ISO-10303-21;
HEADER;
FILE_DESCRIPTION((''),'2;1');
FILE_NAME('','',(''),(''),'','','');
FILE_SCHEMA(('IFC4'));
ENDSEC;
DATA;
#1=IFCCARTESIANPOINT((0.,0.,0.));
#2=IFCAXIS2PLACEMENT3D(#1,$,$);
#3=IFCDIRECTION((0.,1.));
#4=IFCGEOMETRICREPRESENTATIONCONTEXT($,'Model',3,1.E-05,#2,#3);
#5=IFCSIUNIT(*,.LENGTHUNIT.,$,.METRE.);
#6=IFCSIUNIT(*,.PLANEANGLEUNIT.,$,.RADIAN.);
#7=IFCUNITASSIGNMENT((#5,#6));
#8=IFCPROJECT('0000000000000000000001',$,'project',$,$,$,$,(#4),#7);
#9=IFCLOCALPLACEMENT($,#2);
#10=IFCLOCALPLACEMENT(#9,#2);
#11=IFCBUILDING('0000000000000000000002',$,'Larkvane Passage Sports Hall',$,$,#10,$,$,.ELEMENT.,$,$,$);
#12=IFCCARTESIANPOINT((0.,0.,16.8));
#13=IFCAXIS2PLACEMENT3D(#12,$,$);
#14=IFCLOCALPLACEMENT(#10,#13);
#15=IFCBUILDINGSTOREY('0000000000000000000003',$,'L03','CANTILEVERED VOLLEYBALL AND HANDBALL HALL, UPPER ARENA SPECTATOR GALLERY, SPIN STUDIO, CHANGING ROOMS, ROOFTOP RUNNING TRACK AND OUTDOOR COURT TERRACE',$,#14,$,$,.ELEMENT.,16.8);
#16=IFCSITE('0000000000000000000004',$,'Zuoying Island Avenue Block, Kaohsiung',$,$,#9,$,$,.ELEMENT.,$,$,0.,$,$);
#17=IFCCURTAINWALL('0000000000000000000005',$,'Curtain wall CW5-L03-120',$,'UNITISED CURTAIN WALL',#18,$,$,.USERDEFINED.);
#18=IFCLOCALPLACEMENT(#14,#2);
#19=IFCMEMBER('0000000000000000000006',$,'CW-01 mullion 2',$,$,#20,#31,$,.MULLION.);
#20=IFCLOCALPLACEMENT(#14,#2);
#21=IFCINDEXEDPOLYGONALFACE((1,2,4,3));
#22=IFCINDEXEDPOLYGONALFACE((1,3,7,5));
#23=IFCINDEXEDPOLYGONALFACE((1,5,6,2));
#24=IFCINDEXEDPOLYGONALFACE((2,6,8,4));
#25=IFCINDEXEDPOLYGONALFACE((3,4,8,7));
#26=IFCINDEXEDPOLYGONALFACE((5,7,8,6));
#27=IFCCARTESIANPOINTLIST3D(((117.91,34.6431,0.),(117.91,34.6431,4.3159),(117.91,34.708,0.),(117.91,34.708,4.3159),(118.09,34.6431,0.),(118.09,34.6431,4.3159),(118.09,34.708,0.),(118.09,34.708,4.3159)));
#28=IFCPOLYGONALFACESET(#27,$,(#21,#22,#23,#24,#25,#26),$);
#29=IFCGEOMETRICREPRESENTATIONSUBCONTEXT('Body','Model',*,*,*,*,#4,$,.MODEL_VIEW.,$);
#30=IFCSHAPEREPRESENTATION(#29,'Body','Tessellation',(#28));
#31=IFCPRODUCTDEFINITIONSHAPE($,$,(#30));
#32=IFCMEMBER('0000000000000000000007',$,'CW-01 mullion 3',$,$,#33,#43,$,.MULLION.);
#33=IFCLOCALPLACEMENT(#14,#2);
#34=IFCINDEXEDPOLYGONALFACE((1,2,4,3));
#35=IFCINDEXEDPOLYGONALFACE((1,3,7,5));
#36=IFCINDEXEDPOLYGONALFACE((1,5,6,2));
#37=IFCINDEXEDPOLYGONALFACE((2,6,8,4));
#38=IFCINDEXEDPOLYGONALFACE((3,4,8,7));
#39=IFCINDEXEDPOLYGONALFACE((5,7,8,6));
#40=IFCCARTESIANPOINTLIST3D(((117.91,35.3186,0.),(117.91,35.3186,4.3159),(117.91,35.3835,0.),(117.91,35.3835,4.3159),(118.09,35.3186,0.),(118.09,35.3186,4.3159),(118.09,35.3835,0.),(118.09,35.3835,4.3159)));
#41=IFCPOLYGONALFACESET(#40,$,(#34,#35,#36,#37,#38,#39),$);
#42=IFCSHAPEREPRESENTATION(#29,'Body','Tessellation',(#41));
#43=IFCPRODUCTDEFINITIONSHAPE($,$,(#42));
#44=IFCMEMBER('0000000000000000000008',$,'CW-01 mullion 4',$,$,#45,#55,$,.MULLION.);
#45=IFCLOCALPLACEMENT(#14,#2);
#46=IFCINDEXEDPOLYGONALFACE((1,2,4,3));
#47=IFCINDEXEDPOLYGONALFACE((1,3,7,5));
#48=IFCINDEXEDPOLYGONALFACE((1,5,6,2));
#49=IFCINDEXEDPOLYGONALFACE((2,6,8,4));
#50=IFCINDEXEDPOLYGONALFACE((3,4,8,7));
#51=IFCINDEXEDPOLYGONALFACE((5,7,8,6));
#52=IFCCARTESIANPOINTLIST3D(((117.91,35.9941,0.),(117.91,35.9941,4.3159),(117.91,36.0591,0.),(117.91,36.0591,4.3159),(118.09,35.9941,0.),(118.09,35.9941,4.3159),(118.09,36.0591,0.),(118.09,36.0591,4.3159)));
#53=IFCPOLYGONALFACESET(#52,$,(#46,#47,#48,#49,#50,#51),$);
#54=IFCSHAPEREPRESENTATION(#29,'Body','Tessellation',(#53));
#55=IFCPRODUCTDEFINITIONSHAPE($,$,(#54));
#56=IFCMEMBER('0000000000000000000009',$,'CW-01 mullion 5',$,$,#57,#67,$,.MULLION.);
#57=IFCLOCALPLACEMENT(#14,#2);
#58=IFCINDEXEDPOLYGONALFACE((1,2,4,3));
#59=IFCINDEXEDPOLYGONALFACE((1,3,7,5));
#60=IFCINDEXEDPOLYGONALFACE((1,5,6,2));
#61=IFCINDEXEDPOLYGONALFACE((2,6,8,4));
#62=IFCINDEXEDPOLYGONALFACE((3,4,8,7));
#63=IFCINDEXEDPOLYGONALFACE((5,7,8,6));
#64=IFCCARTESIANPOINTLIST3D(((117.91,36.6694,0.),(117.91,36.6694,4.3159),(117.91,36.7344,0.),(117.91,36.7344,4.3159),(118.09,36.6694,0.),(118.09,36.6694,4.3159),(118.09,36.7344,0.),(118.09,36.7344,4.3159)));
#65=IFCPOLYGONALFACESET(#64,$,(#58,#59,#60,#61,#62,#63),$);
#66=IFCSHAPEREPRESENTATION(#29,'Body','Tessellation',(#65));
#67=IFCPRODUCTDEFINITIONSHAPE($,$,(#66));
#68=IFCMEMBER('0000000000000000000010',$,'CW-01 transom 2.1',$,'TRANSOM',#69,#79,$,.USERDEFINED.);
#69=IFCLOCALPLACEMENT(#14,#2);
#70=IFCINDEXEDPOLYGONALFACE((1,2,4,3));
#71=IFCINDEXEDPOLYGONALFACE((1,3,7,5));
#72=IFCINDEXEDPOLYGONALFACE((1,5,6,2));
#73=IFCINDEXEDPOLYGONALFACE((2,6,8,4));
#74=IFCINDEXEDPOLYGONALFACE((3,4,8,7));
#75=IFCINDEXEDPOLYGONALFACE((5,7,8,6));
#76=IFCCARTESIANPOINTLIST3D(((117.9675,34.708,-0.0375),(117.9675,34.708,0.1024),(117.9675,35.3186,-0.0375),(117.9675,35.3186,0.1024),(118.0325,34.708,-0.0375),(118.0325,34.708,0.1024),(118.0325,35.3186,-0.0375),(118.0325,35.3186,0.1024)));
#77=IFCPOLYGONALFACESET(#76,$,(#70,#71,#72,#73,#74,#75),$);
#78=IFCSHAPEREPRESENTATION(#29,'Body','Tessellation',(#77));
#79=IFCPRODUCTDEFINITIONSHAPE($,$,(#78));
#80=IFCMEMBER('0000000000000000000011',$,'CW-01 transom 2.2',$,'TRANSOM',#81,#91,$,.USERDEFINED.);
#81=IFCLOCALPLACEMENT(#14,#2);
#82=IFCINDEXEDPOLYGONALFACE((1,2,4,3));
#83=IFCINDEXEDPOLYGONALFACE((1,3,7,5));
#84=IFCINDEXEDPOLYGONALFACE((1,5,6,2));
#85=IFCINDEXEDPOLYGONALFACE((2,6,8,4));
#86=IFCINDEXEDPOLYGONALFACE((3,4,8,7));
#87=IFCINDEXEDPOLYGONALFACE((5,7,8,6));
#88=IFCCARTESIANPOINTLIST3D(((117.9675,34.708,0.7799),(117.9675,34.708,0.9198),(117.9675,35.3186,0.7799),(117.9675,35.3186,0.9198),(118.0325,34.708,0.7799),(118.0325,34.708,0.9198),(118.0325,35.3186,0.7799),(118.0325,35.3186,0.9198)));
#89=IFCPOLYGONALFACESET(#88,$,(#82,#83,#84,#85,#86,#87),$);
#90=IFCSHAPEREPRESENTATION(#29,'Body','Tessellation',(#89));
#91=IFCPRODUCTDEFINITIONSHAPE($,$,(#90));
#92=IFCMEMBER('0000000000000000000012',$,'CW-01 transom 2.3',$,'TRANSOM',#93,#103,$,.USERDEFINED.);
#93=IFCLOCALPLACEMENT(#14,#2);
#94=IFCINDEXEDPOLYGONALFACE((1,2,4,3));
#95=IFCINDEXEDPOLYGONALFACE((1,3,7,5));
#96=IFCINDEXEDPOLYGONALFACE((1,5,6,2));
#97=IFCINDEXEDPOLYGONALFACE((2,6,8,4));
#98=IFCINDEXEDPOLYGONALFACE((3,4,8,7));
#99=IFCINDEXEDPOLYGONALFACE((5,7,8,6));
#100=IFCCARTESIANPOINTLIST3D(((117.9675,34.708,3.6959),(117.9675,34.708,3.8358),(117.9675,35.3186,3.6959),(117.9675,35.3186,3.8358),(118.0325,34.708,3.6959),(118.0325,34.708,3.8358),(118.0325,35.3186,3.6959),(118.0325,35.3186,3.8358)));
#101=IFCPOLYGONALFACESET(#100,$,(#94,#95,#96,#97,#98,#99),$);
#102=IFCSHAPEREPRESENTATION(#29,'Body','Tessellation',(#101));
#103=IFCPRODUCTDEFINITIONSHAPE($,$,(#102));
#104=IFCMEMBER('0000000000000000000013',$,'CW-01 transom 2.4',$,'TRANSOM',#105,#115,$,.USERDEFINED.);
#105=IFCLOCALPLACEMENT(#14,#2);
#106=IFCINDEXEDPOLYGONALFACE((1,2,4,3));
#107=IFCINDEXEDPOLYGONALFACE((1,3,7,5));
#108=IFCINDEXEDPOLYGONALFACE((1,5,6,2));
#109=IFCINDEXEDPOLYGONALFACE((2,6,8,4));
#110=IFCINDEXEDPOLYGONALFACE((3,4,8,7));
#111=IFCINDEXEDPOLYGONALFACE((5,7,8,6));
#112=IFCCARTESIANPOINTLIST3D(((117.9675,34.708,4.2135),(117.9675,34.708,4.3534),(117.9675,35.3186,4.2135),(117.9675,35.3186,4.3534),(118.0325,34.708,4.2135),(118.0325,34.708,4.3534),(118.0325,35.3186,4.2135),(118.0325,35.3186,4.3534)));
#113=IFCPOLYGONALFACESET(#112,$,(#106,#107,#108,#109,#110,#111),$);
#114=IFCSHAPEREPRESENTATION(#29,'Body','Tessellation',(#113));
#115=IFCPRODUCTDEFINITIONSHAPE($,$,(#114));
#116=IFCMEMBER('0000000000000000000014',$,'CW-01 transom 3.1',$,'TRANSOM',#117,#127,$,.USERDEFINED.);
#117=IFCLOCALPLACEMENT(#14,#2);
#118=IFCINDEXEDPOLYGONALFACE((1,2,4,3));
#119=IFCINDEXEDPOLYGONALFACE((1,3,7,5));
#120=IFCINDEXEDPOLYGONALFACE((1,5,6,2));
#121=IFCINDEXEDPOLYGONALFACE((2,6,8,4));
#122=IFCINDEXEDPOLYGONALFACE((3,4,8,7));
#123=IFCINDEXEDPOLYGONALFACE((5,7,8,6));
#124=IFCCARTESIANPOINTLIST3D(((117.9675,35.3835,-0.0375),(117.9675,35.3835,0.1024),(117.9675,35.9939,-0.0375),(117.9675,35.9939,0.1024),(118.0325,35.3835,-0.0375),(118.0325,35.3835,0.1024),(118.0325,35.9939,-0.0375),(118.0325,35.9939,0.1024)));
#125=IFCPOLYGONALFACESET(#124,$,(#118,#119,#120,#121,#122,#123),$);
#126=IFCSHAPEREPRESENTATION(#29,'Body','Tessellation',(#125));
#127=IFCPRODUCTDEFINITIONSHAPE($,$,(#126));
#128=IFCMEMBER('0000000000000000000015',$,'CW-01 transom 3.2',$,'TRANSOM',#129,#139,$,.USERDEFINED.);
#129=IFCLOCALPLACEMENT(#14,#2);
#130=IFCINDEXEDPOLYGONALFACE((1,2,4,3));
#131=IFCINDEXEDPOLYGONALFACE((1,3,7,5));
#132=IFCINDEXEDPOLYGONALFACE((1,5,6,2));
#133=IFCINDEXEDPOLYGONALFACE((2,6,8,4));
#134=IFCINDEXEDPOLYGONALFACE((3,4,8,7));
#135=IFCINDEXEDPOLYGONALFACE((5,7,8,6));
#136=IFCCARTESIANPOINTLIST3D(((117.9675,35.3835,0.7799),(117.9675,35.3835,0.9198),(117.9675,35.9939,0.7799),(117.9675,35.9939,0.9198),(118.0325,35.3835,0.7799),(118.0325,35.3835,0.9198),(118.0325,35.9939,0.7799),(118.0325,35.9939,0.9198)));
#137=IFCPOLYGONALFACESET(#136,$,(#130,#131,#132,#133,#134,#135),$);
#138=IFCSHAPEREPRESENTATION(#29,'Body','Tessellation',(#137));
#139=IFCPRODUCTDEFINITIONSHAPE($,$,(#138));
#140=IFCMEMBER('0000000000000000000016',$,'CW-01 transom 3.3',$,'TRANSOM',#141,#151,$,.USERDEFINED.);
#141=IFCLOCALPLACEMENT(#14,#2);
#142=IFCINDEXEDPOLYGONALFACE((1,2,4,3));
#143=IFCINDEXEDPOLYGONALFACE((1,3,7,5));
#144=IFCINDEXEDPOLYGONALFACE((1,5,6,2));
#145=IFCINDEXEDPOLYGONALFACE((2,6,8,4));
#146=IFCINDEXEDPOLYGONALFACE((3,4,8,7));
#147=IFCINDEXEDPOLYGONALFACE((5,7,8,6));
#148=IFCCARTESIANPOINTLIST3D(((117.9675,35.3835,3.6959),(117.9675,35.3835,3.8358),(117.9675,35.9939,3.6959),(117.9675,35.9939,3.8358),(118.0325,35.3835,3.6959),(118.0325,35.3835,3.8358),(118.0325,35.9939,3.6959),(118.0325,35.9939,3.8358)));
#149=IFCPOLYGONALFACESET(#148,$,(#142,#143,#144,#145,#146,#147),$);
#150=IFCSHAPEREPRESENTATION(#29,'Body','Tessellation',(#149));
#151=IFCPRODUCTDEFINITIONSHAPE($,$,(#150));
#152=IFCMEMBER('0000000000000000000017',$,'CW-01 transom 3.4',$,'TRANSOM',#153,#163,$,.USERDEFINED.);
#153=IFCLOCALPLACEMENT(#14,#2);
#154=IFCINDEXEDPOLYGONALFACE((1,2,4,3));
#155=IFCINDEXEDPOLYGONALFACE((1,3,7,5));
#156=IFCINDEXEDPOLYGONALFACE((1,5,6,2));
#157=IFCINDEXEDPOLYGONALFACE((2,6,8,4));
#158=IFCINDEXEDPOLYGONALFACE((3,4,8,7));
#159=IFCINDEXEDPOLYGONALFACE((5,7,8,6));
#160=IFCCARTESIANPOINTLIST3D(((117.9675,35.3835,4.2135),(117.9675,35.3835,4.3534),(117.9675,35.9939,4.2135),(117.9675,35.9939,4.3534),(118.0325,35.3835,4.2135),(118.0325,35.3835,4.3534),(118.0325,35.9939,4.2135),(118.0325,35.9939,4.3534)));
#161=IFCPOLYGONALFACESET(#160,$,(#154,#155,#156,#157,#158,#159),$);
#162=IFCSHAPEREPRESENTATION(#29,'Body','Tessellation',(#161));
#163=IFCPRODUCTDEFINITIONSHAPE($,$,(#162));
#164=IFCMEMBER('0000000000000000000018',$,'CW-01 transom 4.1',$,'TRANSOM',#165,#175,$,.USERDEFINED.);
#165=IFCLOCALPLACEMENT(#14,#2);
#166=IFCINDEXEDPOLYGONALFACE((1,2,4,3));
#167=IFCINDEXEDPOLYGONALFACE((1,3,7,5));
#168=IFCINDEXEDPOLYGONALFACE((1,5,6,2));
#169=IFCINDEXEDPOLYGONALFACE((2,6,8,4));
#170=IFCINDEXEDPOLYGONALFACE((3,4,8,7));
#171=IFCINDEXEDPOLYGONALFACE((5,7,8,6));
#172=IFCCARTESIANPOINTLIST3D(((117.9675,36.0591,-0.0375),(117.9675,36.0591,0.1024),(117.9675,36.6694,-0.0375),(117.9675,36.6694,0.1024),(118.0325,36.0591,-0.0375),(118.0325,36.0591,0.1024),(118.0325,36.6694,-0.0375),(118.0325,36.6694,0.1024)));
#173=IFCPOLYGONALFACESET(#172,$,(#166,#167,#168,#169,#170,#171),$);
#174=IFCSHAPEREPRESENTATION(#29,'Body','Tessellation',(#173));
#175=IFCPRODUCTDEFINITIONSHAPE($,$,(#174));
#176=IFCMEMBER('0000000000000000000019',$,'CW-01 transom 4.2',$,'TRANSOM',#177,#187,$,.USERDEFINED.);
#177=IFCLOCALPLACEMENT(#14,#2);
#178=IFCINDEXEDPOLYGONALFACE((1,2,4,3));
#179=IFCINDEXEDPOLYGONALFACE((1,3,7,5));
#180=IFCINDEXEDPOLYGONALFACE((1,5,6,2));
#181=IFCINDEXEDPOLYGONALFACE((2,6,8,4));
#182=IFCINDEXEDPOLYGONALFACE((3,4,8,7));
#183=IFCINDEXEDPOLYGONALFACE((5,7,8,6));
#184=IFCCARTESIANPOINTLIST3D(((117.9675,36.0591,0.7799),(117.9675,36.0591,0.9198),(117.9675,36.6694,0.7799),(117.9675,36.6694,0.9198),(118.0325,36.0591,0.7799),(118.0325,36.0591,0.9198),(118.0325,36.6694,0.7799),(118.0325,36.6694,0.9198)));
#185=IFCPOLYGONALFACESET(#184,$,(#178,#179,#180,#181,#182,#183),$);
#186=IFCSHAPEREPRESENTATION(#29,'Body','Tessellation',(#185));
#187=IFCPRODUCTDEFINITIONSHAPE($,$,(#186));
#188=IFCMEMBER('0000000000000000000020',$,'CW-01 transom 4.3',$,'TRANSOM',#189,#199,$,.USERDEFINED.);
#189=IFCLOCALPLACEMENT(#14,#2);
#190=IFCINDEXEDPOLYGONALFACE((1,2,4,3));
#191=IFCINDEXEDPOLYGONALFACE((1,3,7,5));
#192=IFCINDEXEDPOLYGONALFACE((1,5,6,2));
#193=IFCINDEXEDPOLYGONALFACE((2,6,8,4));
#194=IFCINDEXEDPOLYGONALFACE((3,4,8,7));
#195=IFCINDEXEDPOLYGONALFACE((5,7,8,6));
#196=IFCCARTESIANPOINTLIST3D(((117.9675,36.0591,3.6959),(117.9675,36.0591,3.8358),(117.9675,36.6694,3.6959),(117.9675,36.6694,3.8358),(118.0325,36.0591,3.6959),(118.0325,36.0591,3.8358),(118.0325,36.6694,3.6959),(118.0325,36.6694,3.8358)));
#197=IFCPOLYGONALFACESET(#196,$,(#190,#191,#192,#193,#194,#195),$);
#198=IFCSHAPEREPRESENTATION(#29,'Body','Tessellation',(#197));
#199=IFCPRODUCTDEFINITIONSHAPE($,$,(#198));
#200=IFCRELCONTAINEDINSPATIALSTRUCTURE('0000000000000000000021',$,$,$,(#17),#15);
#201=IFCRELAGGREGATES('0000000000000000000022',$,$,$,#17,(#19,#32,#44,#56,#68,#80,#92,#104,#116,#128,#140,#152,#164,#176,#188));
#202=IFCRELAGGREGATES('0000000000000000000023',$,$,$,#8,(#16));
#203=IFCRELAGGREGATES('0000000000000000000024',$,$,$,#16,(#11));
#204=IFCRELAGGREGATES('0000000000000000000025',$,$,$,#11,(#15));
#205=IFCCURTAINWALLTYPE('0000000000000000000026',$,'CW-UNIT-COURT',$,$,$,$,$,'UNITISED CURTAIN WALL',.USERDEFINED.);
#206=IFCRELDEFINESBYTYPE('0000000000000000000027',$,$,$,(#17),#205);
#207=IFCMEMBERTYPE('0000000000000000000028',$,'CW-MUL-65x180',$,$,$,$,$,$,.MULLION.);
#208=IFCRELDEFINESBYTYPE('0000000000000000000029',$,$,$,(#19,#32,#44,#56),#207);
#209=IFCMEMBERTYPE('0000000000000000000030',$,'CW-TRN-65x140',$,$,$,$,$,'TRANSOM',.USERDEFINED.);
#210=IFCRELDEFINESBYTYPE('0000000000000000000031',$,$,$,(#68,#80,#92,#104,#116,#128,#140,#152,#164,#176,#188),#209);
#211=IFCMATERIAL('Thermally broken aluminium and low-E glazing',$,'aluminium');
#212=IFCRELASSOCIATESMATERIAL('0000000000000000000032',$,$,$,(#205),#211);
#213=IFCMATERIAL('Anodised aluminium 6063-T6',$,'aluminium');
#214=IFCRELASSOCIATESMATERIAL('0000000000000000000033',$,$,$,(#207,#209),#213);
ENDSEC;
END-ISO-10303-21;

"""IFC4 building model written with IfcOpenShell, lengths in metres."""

from ifc_helpers import new_model, si_unit, direction, frame, origin, origin_2d, place, context, subcontext, project, spatial, rectangle, extrude, material, material_profile, profile_set, type_object, element, aggregate, save


model = new_model("IFC4")

# Units and contexts
model_context = context("Model", 3, precision=1e-05, world=origin(), true_north=direction((0.0, 1.0)))
body_context = subcontext(model_context, "Body", "Model", "MODEL_VIEW")
ifc_project = project(units=[si_unit("LENGTHUNIT", "METRE"), si_unit("PLANEANGLEUNIT", "RADIAN")], contexts=[model_context])

# Site, building, storey
site_placement = place(None, origin())
site = spatial("IfcSite", under=ifc_project, at=site_placement, Name="Zuoying Island Avenue Block, Kaohsiung", CompositionType="ELEMENT", RefElevation=0.0)
building_placement = place(site_placement, origin())
building = spatial("IfcBuilding", under=site, at=building_placement, Name="Larkvane Passage Sports Hall", CompositionType="ELEMENT")
storey_placement = place(building_placement, frame((0.0, 0.0, 16.8)))
storey = spatial("IfcBuildingStorey", under=building, at=storey_placement, Name="L03", Description="CANTILEVERED VOLLEYBALL AND HANDBALL HALL, UPPER ARENA SPECTATOR GALLERY, SPIN STUDIO, CHANGING ROOMS, ROOFTOP RUNNING TRACK AND OUTDOOR COURT TERRACE", CompositionType="ELEMENT", Elevation=16.8)

# Curtain wall, members
ifc_material_1 = material(Name="Thermally broken aluminium and low-E glazing", Category="aluminium")
curtain_wall_type = type_object("IfcCurtainWallType", Name="CW-UNIT-COURT", ElementType="UNITISED CURTAIN WALL", PredefinedType="USERDEFINED", material=ifc_material_1)
curtain_wall_placement = place(storey_placement, origin())
curtain_wall = element("IfcCurtainWall", 1, at=curtain_wall_placement, inside=storey, type_object=curtain_wall_type, Name="Curtain wall CW5-L03-120", ObjectType="UNITISED CURTAIN WALL", PredefinedType="USERDEFINED")
ifc_material_2 = material(Name="Anodised aluminium 6063-T6", Category="aluminium")
ifc_material_profile_1 = material_profile(ifc_material_2, rectangle(XDim=0.0649, YDim=0.1799, at=origin_2d()), Name="ALU-MUL-65x180")
ifc_profile_set_1 = profile_set([ifc_material_profile_1], Name="Anodised aluminium 6063-T6")
member_type_1 = type_object("IfcMemberType", Name="CW-MUL-65x180", PredefinedType="MULLION", material=ifc_profile_set_1)
member_1_placement = place(storey_placement, frame((118.0, 34.6755, 0.0), z_axis=(0.0, 0.0, 1.0), x_axis=(0.0, 1.0, 0.0)))
member_1 = element("IfcMember", 2, at=member_1_placement, type_object=member_type_1, Name="CW-01 mullion 2", PredefinedType="MULLION", context=body_context, shape_type="SweptSolid", body=[
    extrude(rectangle(XDim=0.0649, YDim=0.1799, at=origin_2d()), origin(), (0.0, 0.0, 1.0), 4.3159),
])
member_2_placement = place(storey_placement, frame((118.0, 35.3511, 0.0), z_axis=(0.0, 0.0, 1.0), x_axis=(0.0, 1.0, 0.0)))
member_2 = element("IfcMember", 3, at=member_2_placement, type_object=member_type_1, Name="CW-01 mullion 3", PredefinedType="MULLION", context=body_context, shape_type="SweptSolid", body=[
    extrude(rectangle(XDim=0.0649, YDim=0.1799, at=origin_2d()), origin(), (0.0, 0.0, 1.0), 4.3159),
])
member_3_placement = place(storey_placement, frame((118.0, 36.0266, 0.0), z_axis=(0.0, 0.0, 1.0), x_axis=(0.0, 1.0, 0.0)))
member_3 = element("IfcMember", 4, at=member_3_placement, type_object=member_type_1, Name="CW-01 mullion 4", PredefinedType="MULLION", context=body_context, shape_type="SweptSolid", body=[
    extrude(rectangle(XDim=0.0649, YDim=0.1799, at=origin_2d()), origin(), (0.0, 0.0, 1.0), 4.3159),
])
member_4_placement = place(storey_placement, frame((118.0, 36.7019, 0.0), z_axis=(0.0, 0.0, 1.0), x_axis=(0.0, 1.0, 0.0)))
member_4 = element("IfcMember", 5, at=member_4_placement, type_object=member_type_1, Name="CW-01 mullion 5", PredefinedType="MULLION", context=body_context, shape_type="SweptSolid", body=[
    extrude(rectangle(XDim=0.0649, YDim=0.1799, at=origin_2d()), origin(), (0.0, 0.0, 1.0), 4.3159),
])
ifc_material_profile_2 = material_profile(ifc_material_2, rectangle(XDim=0.0649, YDim=0.1399, at=origin_2d()), Name="ALU-TRN-65x140")
ifc_profile_set_2 = profile_set([ifc_material_profile_2], Name="Anodised aluminium 6063-T6")
member_type_2 = type_object("IfcMemberType", Name="CW-TRN-65x140", ElementType="TRANSOM", PredefinedType="USERDEFINED", material=ifc_profile_set_2)
member_5_placement = place(storey_placement, frame((118.0, 34.708, 0.0325), z_axis=(0.0, 1.0, 0.0), x_axis=(-1.0, 0.0, 0.0)))
member_5 = element("IfcMember", 6, at=member_5_placement, type_object=member_type_2, Name="CW-01 transom 2.1", ObjectType="TRANSOM", PredefinedType="USERDEFINED", context=body_context, shape_type="SweptSolid", body=[
    extrude(rectangle(XDim=0.0649, YDim=0.1399, at=origin_2d()), origin(), (0.0, 0.0, 1.0), 0.6106),
])
member_6_placement = place(storey_placement, frame((118.0, 34.708, 0.8499), z_axis=(0.0, 1.0, 0.0), x_axis=(-1.0, 0.0, 0.0)))
member_6 = element("IfcMember", 7, at=member_6_placement, type_object=member_type_2, Name="CW-01 transom 2.2", ObjectType="TRANSOM", PredefinedType="USERDEFINED", context=body_context, shape_type="SweptSolid", body=[
    extrude(rectangle(XDim=0.0649, YDim=0.1399, at=origin_2d()), origin(), (0.0, 0.0, 1.0), 0.6106),
])
member_7_placement = place(storey_placement, frame((118.0, 34.708, 3.7659), z_axis=(0.0, 1.0, 0.0), x_axis=(-1.0, 0.0, 0.0)))
member_7 = element("IfcMember", 8, at=member_7_placement, type_object=member_type_2, Name="CW-01 transom 2.3", ObjectType="TRANSOM", PredefinedType="USERDEFINED", context=body_context, shape_type="SweptSolid", body=[
    extrude(rectangle(XDim=0.0649, YDim=0.1399, at=origin_2d()), origin(), (0.0, 0.0, 1.0), 0.6106),
])
member_8_placement = place(storey_placement, frame((118.0, 34.708, 4.2834), z_axis=(0.0, 1.0, 0.0), x_axis=(-1.0, 0.0, 0.0)))
member_8 = element("IfcMember", 9, at=member_8_placement, type_object=member_type_2, Name="CW-01 transom 2.4", ObjectType="TRANSOM", PredefinedType="USERDEFINED", context=body_context, shape_type="SweptSolid", body=[
    extrude(rectangle(XDim=0.0649, YDim=0.1399, at=origin_2d()), origin(), (0.0, 0.0, 1.0), 0.6106),
])
member_9_placement = place(storey_placement, frame((118.0, 35.3835, 0.0325), z_axis=(0.0, 1.0, 0.0), x_axis=(-1.0, 0.0, 0.0)))
member_9 = element("IfcMember", 10, at=member_9_placement, type_object=member_type_2, Name="CW-01 transom 3.1", ObjectType="TRANSOM", PredefinedType="USERDEFINED", context=body_context, shape_type="SweptSolid", body=[
    extrude(rectangle(XDim=0.0649, YDim=0.1399, at=origin_2d()), origin(), (0.0, 0.0, 1.0), 0.6104),
])
member_10_placement = place(storey_placement, frame((118.0, 35.3835, 0.8499), z_axis=(0.0, 1.0, 0.0), x_axis=(-1.0, 0.0, 0.0)))
member_10 = element("IfcMember", 11, at=member_10_placement, type_object=member_type_2, Name="CW-01 transom 3.2", ObjectType="TRANSOM", PredefinedType="USERDEFINED", context=body_context, shape_type="SweptSolid", body=[
    extrude(rectangle(XDim=0.0649, YDim=0.1399, at=origin_2d()), origin(), (0.0, 0.0, 1.0), 0.6104),
])
member_11_placement = place(storey_placement, frame((118.0, 35.3835, 3.7659), z_axis=(0.0, 1.0, 0.0), x_axis=(-1.0, 0.0, 0.0)))
member_11 = element("IfcMember", 12, at=member_11_placement, type_object=member_type_2, Name="CW-01 transom 3.3", ObjectType="TRANSOM", PredefinedType="USERDEFINED", context=body_context, shape_type="SweptSolid", body=[
    extrude(rectangle(XDim=0.0649, YDim=0.1399, at=origin_2d()), origin(), (0.0, 0.0, 1.0), 0.6104),
])
member_12_placement = place(storey_placement, frame((118.0, 35.3835, 4.2834), z_axis=(0.0, 1.0, 0.0), x_axis=(-1.0, 0.0, 0.0)))
member_12 = element("IfcMember", 13, at=member_12_placement, type_object=member_type_2, Name="CW-01 transom 3.4", ObjectType="TRANSOM", PredefinedType="USERDEFINED", context=body_context, shape_type="SweptSolid", body=[
    extrude(rectangle(XDim=0.0649, YDim=0.1399, at=origin_2d()), origin(), (0.0, 0.0, 1.0), 0.6104),
])
member_13_placement = place(storey_placement, frame((118.0, 36.0591, 0.0325), z_axis=(0.0, 1.0, 0.0), x_axis=(-1.0, 0.0, 0.0)))
member_13 = element("IfcMember", 14, at=member_13_placement, type_object=member_type_2, Name="CW-01 transom 4.1", ObjectType="TRANSOM", PredefinedType="USERDEFINED", context=body_context, shape_type="SweptSolid", body=[
    extrude(rectangle(XDim=0.0649, YDim=0.1399, at=origin_2d()), origin(), (0.0, 0.0, 1.0), 0.6104),
])
member_14_placement = place(storey_placement, frame((118.0, 36.0591, 0.8499), z_axis=(0.0, 1.0, 0.0), x_axis=(-1.0, 0.0, 0.0)))
member_14 = element("IfcMember", 15, at=member_14_placement, type_object=member_type_2, Name="CW-01 transom 4.2", ObjectType="TRANSOM", PredefinedType="USERDEFINED", context=body_context, shape_type="SweptSolid", body=[
    extrude(rectangle(XDim=0.0649, YDim=0.1399, at=origin_2d()), origin(), (0.0, 0.0, 1.0), 0.6104),
])
member_15_placement = place(storey_placement, frame((118.0, 36.0591, 3.7659), z_axis=(0.0, 1.0, 0.0), x_axis=(-1.0, 0.0, 0.0)))
member_15 = element("IfcMember", 16, at=member_15_placement, type_object=member_type_2, Name="CW-01 transom 4.3", ObjectType="TRANSOM", PredefinedType="USERDEFINED", context=body_context, shape_type="SweptSolid", body=[
    extrude(rectangle(XDim=0.0649, YDim=0.1399, at=origin_2d()), origin(), (0.0, 0.0, 1.0), 0.6104),
])
aggregate(curtain_wall, [member_1, member_2, member_3, member_4, member_5, member_6, member_7, member_8, member_9, member_10, member_11, member_12, member_13, member_14, member_15])

save(model, "model.ifc")
